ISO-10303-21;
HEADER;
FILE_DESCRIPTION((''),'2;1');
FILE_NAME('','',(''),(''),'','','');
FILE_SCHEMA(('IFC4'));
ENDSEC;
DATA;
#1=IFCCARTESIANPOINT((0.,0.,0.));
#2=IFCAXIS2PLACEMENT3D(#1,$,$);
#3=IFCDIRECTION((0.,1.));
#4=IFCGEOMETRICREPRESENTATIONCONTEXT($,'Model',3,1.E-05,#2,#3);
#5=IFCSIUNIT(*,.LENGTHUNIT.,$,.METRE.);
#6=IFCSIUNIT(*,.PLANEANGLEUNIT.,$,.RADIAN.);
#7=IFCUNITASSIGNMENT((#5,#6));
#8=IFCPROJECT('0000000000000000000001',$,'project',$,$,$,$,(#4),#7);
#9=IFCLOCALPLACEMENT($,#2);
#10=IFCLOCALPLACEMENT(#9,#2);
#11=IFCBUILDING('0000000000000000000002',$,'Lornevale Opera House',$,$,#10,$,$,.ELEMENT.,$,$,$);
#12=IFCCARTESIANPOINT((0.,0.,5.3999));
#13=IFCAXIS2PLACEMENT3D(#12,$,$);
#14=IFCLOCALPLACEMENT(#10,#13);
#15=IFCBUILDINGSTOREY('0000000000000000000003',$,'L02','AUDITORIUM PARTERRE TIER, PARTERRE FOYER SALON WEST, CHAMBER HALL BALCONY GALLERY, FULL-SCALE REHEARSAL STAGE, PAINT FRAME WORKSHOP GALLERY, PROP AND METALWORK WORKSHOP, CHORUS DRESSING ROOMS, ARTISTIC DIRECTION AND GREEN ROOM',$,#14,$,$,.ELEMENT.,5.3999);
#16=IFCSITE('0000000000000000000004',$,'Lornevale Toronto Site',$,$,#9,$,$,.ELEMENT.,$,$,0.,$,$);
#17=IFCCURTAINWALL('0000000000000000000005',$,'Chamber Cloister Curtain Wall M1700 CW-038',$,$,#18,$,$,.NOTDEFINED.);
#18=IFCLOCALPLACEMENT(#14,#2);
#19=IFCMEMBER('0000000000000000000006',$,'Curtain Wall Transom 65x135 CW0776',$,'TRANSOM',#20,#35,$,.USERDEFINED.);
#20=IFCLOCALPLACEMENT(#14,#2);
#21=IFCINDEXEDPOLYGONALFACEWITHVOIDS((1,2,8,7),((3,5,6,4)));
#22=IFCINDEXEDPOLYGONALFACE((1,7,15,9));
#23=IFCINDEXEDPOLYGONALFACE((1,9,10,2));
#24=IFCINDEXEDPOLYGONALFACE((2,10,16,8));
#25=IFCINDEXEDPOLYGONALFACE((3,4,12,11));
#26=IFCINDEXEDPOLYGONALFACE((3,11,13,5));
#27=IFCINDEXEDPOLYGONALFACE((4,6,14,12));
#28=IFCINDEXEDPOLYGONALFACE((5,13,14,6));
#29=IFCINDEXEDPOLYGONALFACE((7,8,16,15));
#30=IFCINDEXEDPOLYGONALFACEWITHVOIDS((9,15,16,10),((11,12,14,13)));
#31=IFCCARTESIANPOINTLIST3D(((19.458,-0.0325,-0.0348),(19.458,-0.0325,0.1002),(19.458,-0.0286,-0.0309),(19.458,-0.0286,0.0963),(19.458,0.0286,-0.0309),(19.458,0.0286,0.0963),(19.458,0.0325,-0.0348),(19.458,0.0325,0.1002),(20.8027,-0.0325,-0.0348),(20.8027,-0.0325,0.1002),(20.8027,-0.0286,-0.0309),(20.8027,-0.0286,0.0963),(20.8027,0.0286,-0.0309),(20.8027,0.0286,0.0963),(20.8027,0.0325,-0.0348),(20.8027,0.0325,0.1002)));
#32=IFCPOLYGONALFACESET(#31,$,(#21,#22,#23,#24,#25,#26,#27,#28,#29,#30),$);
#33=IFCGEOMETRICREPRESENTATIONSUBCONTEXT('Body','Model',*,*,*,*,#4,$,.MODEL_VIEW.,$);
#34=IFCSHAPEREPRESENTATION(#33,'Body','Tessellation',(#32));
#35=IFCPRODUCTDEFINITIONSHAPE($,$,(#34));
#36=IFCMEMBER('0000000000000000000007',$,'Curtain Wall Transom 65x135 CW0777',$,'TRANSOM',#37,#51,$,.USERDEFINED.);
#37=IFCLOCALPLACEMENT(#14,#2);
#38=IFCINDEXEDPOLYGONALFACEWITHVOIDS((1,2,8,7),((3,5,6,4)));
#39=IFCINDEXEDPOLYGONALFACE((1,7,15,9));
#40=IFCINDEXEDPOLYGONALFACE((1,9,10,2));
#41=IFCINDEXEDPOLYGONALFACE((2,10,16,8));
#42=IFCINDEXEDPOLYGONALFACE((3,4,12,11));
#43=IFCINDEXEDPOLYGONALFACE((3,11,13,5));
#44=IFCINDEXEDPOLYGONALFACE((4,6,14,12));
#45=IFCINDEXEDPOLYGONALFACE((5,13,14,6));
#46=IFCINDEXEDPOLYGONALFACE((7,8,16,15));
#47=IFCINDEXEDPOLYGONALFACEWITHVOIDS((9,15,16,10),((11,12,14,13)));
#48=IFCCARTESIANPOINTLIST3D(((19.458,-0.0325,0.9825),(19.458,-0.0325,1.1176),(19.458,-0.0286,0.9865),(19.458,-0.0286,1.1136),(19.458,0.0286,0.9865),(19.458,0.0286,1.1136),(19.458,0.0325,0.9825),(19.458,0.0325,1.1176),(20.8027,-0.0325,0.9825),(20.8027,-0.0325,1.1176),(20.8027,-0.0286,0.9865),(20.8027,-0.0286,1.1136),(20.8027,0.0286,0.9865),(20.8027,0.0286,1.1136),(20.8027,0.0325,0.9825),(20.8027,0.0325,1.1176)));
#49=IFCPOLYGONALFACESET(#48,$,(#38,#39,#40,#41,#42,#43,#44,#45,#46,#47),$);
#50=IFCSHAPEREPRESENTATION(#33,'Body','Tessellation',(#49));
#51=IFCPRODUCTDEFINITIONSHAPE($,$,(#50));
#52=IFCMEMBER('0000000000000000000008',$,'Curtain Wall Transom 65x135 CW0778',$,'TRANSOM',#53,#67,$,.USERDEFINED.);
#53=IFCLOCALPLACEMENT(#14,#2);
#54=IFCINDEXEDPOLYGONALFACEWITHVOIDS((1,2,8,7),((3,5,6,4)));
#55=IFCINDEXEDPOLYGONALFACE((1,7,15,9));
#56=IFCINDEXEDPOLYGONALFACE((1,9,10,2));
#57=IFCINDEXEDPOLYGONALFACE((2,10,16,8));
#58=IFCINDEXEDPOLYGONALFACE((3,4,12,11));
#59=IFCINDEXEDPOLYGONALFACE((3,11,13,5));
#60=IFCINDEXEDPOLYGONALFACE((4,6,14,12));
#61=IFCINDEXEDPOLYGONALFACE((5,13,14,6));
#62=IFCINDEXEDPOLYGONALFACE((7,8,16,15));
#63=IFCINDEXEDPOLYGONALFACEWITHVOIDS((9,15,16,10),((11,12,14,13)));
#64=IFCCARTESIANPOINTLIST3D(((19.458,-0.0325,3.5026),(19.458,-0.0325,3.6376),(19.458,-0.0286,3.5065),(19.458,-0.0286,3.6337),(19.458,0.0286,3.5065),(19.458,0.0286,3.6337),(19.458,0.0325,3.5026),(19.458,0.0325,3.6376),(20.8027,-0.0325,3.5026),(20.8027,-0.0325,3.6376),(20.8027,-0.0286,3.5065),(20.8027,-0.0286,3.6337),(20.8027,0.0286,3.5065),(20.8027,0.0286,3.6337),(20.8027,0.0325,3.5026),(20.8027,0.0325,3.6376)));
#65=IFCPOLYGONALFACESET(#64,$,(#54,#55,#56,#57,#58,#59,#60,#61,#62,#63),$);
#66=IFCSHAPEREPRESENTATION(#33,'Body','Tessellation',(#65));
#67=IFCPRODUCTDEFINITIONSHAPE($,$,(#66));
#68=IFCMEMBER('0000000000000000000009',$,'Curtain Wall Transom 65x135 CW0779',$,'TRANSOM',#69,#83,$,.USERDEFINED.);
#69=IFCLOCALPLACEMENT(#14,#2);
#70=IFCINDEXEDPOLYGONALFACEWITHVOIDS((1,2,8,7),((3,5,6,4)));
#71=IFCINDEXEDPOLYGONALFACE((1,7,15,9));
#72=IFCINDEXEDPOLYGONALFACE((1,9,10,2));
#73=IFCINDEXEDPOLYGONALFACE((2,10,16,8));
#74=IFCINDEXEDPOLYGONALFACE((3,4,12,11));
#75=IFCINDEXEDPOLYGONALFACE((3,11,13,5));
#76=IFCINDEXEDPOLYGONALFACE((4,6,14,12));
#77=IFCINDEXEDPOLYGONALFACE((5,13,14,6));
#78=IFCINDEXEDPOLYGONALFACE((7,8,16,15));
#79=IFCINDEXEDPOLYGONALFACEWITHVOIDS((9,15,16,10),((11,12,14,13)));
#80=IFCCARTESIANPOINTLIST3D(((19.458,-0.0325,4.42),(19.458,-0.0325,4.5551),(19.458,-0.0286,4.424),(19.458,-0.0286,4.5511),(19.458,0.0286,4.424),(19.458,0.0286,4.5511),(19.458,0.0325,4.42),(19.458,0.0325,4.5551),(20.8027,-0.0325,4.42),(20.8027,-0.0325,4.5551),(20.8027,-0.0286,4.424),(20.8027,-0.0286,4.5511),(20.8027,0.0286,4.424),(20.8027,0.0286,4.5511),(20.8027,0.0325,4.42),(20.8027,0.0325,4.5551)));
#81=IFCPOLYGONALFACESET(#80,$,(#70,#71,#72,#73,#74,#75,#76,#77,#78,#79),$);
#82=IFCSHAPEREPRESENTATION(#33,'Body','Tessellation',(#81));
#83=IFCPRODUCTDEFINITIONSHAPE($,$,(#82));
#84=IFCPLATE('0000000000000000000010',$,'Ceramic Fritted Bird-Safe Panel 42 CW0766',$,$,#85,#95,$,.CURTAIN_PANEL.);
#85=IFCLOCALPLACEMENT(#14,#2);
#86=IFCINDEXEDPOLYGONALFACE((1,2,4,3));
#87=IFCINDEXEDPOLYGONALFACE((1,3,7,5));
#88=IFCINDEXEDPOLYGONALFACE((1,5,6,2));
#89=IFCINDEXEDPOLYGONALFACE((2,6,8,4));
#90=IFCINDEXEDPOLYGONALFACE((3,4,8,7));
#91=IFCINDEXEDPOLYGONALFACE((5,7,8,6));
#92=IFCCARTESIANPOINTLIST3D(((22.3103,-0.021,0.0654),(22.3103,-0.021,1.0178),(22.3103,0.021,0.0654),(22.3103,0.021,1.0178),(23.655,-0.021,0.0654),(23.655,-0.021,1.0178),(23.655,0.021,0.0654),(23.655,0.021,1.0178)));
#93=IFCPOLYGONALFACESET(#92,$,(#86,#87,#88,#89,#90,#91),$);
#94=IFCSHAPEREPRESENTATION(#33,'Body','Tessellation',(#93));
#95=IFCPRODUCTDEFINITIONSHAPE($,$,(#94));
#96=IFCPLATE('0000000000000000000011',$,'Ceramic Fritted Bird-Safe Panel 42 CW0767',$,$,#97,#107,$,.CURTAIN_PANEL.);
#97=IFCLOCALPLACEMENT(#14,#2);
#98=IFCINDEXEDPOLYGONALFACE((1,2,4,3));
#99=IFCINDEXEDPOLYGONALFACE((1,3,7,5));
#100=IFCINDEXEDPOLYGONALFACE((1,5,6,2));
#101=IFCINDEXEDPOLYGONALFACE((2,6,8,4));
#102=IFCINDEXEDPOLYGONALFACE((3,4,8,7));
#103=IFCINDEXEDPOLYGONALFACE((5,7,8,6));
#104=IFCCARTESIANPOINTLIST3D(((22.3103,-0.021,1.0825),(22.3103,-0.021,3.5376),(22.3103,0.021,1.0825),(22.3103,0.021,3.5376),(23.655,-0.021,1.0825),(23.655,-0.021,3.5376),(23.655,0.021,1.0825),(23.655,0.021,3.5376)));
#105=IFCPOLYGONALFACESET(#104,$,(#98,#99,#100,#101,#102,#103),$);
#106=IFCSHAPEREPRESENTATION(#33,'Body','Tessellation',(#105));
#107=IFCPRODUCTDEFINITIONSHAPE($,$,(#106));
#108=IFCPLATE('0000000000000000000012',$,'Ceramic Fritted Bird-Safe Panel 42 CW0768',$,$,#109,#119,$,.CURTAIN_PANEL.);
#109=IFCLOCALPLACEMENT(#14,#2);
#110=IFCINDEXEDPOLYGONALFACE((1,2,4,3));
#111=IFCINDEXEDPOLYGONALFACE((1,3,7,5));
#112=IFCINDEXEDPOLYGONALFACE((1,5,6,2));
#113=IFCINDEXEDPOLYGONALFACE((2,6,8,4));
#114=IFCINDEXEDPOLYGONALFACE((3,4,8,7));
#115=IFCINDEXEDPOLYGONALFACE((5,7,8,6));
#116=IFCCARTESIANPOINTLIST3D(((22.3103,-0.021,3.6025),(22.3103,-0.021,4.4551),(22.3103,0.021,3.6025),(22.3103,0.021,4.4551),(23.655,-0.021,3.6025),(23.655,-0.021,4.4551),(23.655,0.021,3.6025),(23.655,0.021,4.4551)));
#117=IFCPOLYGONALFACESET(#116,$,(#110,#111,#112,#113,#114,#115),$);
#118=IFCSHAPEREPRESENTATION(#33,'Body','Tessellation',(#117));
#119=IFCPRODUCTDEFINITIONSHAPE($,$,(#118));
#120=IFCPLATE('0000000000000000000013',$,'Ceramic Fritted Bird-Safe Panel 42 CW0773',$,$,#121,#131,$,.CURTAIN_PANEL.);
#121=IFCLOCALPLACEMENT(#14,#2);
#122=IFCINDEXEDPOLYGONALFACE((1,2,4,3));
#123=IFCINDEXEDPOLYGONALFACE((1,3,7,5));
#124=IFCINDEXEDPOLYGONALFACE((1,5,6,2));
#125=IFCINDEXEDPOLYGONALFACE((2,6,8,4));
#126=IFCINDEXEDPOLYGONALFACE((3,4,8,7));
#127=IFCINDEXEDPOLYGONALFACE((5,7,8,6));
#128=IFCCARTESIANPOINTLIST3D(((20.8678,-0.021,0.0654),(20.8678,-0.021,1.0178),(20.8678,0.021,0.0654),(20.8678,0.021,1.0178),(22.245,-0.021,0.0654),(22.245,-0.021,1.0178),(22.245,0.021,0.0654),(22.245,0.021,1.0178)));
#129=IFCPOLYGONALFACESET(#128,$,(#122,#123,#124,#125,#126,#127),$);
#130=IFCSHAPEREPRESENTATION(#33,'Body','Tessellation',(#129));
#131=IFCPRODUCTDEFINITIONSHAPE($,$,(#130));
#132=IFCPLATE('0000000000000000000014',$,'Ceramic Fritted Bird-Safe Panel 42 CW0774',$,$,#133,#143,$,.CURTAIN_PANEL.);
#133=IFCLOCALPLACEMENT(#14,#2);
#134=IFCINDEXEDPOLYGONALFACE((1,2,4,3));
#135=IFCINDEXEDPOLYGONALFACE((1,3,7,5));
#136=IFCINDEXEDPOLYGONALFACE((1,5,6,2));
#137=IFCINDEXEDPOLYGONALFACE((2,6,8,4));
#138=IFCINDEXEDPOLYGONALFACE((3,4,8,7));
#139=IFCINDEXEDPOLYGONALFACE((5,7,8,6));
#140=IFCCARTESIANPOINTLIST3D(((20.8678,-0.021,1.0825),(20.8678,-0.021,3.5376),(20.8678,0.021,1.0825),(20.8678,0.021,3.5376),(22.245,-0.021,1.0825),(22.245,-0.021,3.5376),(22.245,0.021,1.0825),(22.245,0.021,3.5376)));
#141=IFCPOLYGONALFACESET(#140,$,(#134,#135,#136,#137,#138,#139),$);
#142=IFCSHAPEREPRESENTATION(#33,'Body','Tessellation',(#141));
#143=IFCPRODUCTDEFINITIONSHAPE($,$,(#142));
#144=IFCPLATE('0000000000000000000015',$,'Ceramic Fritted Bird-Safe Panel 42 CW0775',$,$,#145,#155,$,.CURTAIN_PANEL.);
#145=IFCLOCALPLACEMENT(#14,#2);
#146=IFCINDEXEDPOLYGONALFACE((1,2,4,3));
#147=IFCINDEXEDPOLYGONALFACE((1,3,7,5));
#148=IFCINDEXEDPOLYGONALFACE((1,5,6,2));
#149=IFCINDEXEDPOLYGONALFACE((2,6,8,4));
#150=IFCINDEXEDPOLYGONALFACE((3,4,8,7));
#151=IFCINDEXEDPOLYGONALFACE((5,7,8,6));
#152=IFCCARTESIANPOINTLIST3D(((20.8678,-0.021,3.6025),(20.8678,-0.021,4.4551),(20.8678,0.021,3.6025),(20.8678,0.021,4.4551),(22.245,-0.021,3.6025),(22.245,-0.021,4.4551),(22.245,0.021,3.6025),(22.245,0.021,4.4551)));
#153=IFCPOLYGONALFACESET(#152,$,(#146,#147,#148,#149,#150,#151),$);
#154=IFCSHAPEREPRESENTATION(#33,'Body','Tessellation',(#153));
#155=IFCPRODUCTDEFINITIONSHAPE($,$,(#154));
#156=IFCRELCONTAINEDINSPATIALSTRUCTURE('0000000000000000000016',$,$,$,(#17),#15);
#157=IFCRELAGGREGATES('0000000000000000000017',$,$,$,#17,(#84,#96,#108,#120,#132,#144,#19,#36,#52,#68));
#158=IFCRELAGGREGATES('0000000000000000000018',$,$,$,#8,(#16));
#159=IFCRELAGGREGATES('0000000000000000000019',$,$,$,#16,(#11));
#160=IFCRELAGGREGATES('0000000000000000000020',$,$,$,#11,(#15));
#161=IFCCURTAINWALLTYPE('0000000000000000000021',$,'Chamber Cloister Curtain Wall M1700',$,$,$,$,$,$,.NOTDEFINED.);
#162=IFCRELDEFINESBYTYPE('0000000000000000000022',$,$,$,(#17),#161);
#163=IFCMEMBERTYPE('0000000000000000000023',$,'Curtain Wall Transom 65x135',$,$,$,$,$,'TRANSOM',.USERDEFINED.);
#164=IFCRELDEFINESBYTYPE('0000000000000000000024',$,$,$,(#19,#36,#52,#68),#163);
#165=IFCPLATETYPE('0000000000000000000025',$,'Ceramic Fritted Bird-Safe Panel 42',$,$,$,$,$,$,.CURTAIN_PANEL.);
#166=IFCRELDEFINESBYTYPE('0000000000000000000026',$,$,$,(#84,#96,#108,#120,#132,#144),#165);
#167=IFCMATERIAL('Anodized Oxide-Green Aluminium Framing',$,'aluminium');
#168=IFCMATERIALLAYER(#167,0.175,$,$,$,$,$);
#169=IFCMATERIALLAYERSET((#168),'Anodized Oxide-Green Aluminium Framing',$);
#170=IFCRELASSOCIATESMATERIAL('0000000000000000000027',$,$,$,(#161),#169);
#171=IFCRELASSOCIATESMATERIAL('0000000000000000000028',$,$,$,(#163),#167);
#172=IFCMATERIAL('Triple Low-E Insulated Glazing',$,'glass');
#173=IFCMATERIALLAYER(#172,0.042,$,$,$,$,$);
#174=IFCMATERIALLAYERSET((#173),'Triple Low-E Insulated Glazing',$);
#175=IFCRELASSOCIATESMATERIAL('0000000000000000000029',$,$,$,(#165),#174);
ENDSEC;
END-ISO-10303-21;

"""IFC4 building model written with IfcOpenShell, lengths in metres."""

from ifc_helpers import new_model, si_unit, direction, frame, origin, origin_2d, place, context, subcontext, project, spatial, rectangle, hollow_rectangle, extrude, material, layer, layer_set, material_profile, profile_set, type_object, element, aggregate, save


model = new_model("IFC4")

# Units and contexts
model_context = context("Model", 3, precision=1e-05, world=origin(), true_north=direction((0.0, 1.0)))
body_context = subcontext(model_context, "Body", "Model", "MODEL_VIEW")
ifc_project = project(units=[si_unit("LENGTHUNIT", "METRE"), si_unit("PLANEANGLEUNIT", "RADIAN")], contexts=[model_context])

# Site, building, storey
site_placement = place(None, origin())
site = spatial("IfcSite", under=ifc_project, at=site_placement, Name="Lornevale Toronto Site", CompositionType="ELEMENT", RefElevation=0.0)
building_placement = place(site_placement, origin())
building = spatial("IfcBuilding", under=site, at=building_placement, Name="Lornevale Opera House", CompositionType="ELEMENT")
storey_placement = place(building_placement, frame((0.0, 0.0, 5.3999)))
storey = spatial("IfcBuildingStorey", under=building, at=storey_placement, Name="L02", Description="AUDITORIUM PARTERRE TIER, PARTERRE FOYER SALON WEST, CHAMBER HALL BALCONY GALLERY, FULL-SCALE REHEARSAL STAGE, PAINT FRAME WORKSHOP GALLERY, PROP AND METALWORK WORKSHOP, CHORUS DRESSING ROOMS, ARTISTIC DIRECTION AND GREEN ROOM", CompositionType="ELEMENT", Elevation=5.3999)

# Curtain wall, members, plates
ifc_material_1 = material(Name="Anodized Oxide-Green Aluminium Framing", Category="aluminium")
ifc_layer_1 = layer(ifc_material_1, 0.175)
ifc_layer_set_1 = layer_set([ifc_layer_1], Name="Anodized Oxide-Green Aluminium Framing")
curtain_wall_type = type_object("IfcCurtainWallType", Name="Chamber Cloister Curtain Wall M1700", PredefinedType="NOTDEFINED", material=ifc_layer_set_1)
curtain_wall_placement = place(storey_placement, origin())
curtain_wall = element("IfcCurtainWall", 1, at=curtain_wall_placement, inside=storey, type_object=curtain_wall_type, Name="Chamber Cloister Curtain Wall M1700 CW-038", PredefinedType="NOTDEFINED")
ifc_material_profile_1 = material_profile(ifc_material_1, hollow_rectangle(XDim=0.0649, YDim=0.135, WallThickness=0.0039, at=origin_2d()), Name="ALU65x135x4")
ifc_profile_set_1 = profile_set([ifc_material_profile_1], Name="Anodized Oxide-Green Aluminium Framing")
member_type_1 = type_object("IfcMemberType", Name="Curtain Wall Transom 65x135", ElementType="TRANSOM", PredefinedType="USERDEFINED", material=ifc_profile_set_1)
member_1_placement = place(storey_placement, frame((20.8027, 0.0, 0.0327), z_axis=(-1.0, 0.0, 0.0), x_axis=(0.0, -1.0, 0.0)))
member_1 = element("IfcMember", 2, at=member_1_placement, type_object=member_type_1, Name="Curtain Wall Transom 65x135 CW0776", ObjectType="TRANSOM", PredefinedType="USERDEFINED", context=body_context, shape_type="SweptSolid", body=[
    extrude(hollow_rectangle(XDim=0.0649, YDim=0.135, WallThickness=0.0039, at=origin_2d()), origin(), (0.0, 0.0, 1.0), 1.3447),
])
member_2_placement = place(storey_placement, frame((20.8027, 0.0, 1.05), z_axis=(-1.0, 0.0, 0.0), x_axis=(0.0, -1.0, 0.0)))
member_2 = element("IfcMember", 3, at=member_2_placement, type_object=member_type_1, Name="Curtain Wall Transom 65x135 CW0777", ObjectType="TRANSOM", PredefinedType="USERDEFINED", context=body_context, shape_type="SweptSolid", body=[
    extrude(hollow_rectangle(XDim=0.0649, YDim=0.135, WallThickness=0.0039, at=origin_2d()), origin(), (0.0, 0.0, 1.0), 1.3447),
])
member_3_placement = place(storey_placement, frame((20.8027, 0.0, 3.5701), z_axis=(-1.0, 0.0, 0.0), x_axis=(0.0, -1.0, 0.0)))
member_3 = element("IfcMember", 4, at=member_3_placement, type_object=member_type_1, Name="Curtain Wall Transom 65x135 CW0778", ObjectType="TRANSOM", PredefinedType="USERDEFINED", context=body_context, shape_type="SweptSolid", body=[
    extrude(hollow_rectangle(XDim=0.0649, YDim=0.135, WallThickness=0.0039, at=origin_2d()), origin(), (0.0, 0.0, 1.0), 1.3447),
])
member_4_placement = place(storey_placement, frame((20.8027, 0.0, 4.4875), z_axis=(-1.0, 0.0, 0.0), x_axis=(0.0, -1.0, 0.0)))
member_4 = element("IfcMember", 5, at=member_4_placement, type_object=member_type_1, Name="Curtain Wall Transom 65x135 CW0779", ObjectType="TRANSOM", PredefinedType="USERDEFINED", context=body_context, shape_type="SweptSolid", body=[
    extrude(hollow_rectangle(XDim=0.0649, YDim=0.135, WallThickness=0.0039, at=origin_2d()), origin(), (0.0, 0.0, 1.0), 1.3447),
])
ifc_material_2 = material(Name="Triple Low-E Insulated Glazing", Category="glass")
ifc_layer_2 = layer(ifc_material_2, 0.042)
ifc_layer_set_2 = layer_set([ifc_layer_2], Name="Triple Low-E Insulated Glazing")
plate_type = type_object("IfcPlateType", Name="Ceramic Fritted Bird-Safe Panel 42", PredefinedType="CURTAIN_PANEL", material=ifc_layer_set_2)
plate_1_placement = place(storey_placement, frame((22.9827, 0.0, 0.0654), z_axis=(0.0, 0.0, 1.0), x_axis=(-1.0, 0.0, 0.0)))
plate_1 = element("IfcPlate", 6, at=plate_1_placement, type_object=plate_type, Name="Ceramic Fritted Bird-Safe Panel 42 CW0766", PredefinedType="CURTAIN_PANEL", context=body_context, shape_type="SweptSolid", body=[
    extrude(rectangle(XDim=1.3447, YDim=0.042, at=origin_2d()), origin(), (0.0, 0.0, 1.0), 0.9524),
])
plate_2_placement = place(storey_placement, frame((22.9827, 0.0, 1.0825), z_axis=(0.0, 0.0, 1.0), x_axis=(-1.0, 0.0, 0.0)))
plate_2 = element("IfcPlate", 7, at=plate_2_placement, type_object=plate_type, Name="Ceramic Fritted Bird-Safe Panel 42 CW0767", PredefinedType="CURTAIN_PANEL", context=body_context, shape_type="SweptSolid", body=[
    extrude(rectangle(XDim=1.3447, YDim=0.042, at=origin_2d()), origin(), (0.0, 0.0, 1.0), 2.4551),
])
plate_3_placement = place(storey_placement, frame((22.9827, 0.0, 3.6025), z_axis=(0.0, 0.0, 1.0), x_axis=(-1.0, 0.0, 0.0)))
plate_3 = element("IfcPlate", 8, at=plate_3_placement, type_object=plate_type, Name="Ceramic Fritted Bird-Safe Panel 42 CW0768", PredefinedType="CURTAIN_PANEL", context=body_context, shape_type="SweptSolid", body=[
    extrude(rectangle(XDim=1.3447, YDim=0.042, at=origin_2d()), origin(), (0.0, 0.0, 1.0), 0.8525),
])
plate_4_placement = place(storey_placement, frame((21.5564, 0.0, 0.0654), z_axis=(0.0, 0.0, 1.0), x_axis=(-1.0, 0.0, 0.0)))
plate_4 = element("IfcPlate", 9, at=plate_4_placement, type_object=plate_type, Name="Ceramic Fritted Bird-Safe Panel 42 CW0773", PredefinedType="CURTAIN_PANEL", context=body_context, shape_type="SweptSolid", body=[
    extrude(rectangle(XDim=1.3772, YDim=0.042, at=origin_2d()), origin(), (0.0, 0.0, 1.0), 0.9524),
])
plate_5_placement = place(storey_placement, frame((21.5564, 0.0, 1.0825), z_axis=(0.0, 0.0, 1.0), x_axis=(-1.0, 0.0, 0.0)))
plate_5 = element("IfcPlate", 10, at=plate_5_placement, type_object=plate_type, Name="Ceramic Fritted Bird-Safe Panel 42 CW0774", PredefinedType="CURTAIN_PANEL", context=body_context, shape_type="SweptSolid", body=[
    extrude(rectangle(XDim=1.3772, YDim=0.042, at=origin_2d()), origin(), (0.0, 0.0, 1.0), 2.4551),
])
plate_6_placement = place(storey_placement, frame((21.5564, 0.0, 3.6025), z_axis=(0.0, 0.0, 1.0), x_axis=(-1.0, 0.0, 0.0)))
plate_6 = element("IfcPlate", 11, at=plate_6_placement, type_object=plate_type, Name="Ceramic Fritted Bird-Safe Panel 42 CW0775", PredefinedType="CURTAIN_PANEL", context=body_context, shape_type="SweptSolid", body=[
    extrude(rectangle(XDim=1.3772, YDim=0.042, at=origin_2d()), origin(), (0.0, 0.0, 1.0), 0.8525),
])
aggregate(curtain_wall, [plate_1, plate_2, plate_3, plate_4, plate_5, plate_6, member_1, member_2, member_3, member_4])

save(model, "model.ifc")
